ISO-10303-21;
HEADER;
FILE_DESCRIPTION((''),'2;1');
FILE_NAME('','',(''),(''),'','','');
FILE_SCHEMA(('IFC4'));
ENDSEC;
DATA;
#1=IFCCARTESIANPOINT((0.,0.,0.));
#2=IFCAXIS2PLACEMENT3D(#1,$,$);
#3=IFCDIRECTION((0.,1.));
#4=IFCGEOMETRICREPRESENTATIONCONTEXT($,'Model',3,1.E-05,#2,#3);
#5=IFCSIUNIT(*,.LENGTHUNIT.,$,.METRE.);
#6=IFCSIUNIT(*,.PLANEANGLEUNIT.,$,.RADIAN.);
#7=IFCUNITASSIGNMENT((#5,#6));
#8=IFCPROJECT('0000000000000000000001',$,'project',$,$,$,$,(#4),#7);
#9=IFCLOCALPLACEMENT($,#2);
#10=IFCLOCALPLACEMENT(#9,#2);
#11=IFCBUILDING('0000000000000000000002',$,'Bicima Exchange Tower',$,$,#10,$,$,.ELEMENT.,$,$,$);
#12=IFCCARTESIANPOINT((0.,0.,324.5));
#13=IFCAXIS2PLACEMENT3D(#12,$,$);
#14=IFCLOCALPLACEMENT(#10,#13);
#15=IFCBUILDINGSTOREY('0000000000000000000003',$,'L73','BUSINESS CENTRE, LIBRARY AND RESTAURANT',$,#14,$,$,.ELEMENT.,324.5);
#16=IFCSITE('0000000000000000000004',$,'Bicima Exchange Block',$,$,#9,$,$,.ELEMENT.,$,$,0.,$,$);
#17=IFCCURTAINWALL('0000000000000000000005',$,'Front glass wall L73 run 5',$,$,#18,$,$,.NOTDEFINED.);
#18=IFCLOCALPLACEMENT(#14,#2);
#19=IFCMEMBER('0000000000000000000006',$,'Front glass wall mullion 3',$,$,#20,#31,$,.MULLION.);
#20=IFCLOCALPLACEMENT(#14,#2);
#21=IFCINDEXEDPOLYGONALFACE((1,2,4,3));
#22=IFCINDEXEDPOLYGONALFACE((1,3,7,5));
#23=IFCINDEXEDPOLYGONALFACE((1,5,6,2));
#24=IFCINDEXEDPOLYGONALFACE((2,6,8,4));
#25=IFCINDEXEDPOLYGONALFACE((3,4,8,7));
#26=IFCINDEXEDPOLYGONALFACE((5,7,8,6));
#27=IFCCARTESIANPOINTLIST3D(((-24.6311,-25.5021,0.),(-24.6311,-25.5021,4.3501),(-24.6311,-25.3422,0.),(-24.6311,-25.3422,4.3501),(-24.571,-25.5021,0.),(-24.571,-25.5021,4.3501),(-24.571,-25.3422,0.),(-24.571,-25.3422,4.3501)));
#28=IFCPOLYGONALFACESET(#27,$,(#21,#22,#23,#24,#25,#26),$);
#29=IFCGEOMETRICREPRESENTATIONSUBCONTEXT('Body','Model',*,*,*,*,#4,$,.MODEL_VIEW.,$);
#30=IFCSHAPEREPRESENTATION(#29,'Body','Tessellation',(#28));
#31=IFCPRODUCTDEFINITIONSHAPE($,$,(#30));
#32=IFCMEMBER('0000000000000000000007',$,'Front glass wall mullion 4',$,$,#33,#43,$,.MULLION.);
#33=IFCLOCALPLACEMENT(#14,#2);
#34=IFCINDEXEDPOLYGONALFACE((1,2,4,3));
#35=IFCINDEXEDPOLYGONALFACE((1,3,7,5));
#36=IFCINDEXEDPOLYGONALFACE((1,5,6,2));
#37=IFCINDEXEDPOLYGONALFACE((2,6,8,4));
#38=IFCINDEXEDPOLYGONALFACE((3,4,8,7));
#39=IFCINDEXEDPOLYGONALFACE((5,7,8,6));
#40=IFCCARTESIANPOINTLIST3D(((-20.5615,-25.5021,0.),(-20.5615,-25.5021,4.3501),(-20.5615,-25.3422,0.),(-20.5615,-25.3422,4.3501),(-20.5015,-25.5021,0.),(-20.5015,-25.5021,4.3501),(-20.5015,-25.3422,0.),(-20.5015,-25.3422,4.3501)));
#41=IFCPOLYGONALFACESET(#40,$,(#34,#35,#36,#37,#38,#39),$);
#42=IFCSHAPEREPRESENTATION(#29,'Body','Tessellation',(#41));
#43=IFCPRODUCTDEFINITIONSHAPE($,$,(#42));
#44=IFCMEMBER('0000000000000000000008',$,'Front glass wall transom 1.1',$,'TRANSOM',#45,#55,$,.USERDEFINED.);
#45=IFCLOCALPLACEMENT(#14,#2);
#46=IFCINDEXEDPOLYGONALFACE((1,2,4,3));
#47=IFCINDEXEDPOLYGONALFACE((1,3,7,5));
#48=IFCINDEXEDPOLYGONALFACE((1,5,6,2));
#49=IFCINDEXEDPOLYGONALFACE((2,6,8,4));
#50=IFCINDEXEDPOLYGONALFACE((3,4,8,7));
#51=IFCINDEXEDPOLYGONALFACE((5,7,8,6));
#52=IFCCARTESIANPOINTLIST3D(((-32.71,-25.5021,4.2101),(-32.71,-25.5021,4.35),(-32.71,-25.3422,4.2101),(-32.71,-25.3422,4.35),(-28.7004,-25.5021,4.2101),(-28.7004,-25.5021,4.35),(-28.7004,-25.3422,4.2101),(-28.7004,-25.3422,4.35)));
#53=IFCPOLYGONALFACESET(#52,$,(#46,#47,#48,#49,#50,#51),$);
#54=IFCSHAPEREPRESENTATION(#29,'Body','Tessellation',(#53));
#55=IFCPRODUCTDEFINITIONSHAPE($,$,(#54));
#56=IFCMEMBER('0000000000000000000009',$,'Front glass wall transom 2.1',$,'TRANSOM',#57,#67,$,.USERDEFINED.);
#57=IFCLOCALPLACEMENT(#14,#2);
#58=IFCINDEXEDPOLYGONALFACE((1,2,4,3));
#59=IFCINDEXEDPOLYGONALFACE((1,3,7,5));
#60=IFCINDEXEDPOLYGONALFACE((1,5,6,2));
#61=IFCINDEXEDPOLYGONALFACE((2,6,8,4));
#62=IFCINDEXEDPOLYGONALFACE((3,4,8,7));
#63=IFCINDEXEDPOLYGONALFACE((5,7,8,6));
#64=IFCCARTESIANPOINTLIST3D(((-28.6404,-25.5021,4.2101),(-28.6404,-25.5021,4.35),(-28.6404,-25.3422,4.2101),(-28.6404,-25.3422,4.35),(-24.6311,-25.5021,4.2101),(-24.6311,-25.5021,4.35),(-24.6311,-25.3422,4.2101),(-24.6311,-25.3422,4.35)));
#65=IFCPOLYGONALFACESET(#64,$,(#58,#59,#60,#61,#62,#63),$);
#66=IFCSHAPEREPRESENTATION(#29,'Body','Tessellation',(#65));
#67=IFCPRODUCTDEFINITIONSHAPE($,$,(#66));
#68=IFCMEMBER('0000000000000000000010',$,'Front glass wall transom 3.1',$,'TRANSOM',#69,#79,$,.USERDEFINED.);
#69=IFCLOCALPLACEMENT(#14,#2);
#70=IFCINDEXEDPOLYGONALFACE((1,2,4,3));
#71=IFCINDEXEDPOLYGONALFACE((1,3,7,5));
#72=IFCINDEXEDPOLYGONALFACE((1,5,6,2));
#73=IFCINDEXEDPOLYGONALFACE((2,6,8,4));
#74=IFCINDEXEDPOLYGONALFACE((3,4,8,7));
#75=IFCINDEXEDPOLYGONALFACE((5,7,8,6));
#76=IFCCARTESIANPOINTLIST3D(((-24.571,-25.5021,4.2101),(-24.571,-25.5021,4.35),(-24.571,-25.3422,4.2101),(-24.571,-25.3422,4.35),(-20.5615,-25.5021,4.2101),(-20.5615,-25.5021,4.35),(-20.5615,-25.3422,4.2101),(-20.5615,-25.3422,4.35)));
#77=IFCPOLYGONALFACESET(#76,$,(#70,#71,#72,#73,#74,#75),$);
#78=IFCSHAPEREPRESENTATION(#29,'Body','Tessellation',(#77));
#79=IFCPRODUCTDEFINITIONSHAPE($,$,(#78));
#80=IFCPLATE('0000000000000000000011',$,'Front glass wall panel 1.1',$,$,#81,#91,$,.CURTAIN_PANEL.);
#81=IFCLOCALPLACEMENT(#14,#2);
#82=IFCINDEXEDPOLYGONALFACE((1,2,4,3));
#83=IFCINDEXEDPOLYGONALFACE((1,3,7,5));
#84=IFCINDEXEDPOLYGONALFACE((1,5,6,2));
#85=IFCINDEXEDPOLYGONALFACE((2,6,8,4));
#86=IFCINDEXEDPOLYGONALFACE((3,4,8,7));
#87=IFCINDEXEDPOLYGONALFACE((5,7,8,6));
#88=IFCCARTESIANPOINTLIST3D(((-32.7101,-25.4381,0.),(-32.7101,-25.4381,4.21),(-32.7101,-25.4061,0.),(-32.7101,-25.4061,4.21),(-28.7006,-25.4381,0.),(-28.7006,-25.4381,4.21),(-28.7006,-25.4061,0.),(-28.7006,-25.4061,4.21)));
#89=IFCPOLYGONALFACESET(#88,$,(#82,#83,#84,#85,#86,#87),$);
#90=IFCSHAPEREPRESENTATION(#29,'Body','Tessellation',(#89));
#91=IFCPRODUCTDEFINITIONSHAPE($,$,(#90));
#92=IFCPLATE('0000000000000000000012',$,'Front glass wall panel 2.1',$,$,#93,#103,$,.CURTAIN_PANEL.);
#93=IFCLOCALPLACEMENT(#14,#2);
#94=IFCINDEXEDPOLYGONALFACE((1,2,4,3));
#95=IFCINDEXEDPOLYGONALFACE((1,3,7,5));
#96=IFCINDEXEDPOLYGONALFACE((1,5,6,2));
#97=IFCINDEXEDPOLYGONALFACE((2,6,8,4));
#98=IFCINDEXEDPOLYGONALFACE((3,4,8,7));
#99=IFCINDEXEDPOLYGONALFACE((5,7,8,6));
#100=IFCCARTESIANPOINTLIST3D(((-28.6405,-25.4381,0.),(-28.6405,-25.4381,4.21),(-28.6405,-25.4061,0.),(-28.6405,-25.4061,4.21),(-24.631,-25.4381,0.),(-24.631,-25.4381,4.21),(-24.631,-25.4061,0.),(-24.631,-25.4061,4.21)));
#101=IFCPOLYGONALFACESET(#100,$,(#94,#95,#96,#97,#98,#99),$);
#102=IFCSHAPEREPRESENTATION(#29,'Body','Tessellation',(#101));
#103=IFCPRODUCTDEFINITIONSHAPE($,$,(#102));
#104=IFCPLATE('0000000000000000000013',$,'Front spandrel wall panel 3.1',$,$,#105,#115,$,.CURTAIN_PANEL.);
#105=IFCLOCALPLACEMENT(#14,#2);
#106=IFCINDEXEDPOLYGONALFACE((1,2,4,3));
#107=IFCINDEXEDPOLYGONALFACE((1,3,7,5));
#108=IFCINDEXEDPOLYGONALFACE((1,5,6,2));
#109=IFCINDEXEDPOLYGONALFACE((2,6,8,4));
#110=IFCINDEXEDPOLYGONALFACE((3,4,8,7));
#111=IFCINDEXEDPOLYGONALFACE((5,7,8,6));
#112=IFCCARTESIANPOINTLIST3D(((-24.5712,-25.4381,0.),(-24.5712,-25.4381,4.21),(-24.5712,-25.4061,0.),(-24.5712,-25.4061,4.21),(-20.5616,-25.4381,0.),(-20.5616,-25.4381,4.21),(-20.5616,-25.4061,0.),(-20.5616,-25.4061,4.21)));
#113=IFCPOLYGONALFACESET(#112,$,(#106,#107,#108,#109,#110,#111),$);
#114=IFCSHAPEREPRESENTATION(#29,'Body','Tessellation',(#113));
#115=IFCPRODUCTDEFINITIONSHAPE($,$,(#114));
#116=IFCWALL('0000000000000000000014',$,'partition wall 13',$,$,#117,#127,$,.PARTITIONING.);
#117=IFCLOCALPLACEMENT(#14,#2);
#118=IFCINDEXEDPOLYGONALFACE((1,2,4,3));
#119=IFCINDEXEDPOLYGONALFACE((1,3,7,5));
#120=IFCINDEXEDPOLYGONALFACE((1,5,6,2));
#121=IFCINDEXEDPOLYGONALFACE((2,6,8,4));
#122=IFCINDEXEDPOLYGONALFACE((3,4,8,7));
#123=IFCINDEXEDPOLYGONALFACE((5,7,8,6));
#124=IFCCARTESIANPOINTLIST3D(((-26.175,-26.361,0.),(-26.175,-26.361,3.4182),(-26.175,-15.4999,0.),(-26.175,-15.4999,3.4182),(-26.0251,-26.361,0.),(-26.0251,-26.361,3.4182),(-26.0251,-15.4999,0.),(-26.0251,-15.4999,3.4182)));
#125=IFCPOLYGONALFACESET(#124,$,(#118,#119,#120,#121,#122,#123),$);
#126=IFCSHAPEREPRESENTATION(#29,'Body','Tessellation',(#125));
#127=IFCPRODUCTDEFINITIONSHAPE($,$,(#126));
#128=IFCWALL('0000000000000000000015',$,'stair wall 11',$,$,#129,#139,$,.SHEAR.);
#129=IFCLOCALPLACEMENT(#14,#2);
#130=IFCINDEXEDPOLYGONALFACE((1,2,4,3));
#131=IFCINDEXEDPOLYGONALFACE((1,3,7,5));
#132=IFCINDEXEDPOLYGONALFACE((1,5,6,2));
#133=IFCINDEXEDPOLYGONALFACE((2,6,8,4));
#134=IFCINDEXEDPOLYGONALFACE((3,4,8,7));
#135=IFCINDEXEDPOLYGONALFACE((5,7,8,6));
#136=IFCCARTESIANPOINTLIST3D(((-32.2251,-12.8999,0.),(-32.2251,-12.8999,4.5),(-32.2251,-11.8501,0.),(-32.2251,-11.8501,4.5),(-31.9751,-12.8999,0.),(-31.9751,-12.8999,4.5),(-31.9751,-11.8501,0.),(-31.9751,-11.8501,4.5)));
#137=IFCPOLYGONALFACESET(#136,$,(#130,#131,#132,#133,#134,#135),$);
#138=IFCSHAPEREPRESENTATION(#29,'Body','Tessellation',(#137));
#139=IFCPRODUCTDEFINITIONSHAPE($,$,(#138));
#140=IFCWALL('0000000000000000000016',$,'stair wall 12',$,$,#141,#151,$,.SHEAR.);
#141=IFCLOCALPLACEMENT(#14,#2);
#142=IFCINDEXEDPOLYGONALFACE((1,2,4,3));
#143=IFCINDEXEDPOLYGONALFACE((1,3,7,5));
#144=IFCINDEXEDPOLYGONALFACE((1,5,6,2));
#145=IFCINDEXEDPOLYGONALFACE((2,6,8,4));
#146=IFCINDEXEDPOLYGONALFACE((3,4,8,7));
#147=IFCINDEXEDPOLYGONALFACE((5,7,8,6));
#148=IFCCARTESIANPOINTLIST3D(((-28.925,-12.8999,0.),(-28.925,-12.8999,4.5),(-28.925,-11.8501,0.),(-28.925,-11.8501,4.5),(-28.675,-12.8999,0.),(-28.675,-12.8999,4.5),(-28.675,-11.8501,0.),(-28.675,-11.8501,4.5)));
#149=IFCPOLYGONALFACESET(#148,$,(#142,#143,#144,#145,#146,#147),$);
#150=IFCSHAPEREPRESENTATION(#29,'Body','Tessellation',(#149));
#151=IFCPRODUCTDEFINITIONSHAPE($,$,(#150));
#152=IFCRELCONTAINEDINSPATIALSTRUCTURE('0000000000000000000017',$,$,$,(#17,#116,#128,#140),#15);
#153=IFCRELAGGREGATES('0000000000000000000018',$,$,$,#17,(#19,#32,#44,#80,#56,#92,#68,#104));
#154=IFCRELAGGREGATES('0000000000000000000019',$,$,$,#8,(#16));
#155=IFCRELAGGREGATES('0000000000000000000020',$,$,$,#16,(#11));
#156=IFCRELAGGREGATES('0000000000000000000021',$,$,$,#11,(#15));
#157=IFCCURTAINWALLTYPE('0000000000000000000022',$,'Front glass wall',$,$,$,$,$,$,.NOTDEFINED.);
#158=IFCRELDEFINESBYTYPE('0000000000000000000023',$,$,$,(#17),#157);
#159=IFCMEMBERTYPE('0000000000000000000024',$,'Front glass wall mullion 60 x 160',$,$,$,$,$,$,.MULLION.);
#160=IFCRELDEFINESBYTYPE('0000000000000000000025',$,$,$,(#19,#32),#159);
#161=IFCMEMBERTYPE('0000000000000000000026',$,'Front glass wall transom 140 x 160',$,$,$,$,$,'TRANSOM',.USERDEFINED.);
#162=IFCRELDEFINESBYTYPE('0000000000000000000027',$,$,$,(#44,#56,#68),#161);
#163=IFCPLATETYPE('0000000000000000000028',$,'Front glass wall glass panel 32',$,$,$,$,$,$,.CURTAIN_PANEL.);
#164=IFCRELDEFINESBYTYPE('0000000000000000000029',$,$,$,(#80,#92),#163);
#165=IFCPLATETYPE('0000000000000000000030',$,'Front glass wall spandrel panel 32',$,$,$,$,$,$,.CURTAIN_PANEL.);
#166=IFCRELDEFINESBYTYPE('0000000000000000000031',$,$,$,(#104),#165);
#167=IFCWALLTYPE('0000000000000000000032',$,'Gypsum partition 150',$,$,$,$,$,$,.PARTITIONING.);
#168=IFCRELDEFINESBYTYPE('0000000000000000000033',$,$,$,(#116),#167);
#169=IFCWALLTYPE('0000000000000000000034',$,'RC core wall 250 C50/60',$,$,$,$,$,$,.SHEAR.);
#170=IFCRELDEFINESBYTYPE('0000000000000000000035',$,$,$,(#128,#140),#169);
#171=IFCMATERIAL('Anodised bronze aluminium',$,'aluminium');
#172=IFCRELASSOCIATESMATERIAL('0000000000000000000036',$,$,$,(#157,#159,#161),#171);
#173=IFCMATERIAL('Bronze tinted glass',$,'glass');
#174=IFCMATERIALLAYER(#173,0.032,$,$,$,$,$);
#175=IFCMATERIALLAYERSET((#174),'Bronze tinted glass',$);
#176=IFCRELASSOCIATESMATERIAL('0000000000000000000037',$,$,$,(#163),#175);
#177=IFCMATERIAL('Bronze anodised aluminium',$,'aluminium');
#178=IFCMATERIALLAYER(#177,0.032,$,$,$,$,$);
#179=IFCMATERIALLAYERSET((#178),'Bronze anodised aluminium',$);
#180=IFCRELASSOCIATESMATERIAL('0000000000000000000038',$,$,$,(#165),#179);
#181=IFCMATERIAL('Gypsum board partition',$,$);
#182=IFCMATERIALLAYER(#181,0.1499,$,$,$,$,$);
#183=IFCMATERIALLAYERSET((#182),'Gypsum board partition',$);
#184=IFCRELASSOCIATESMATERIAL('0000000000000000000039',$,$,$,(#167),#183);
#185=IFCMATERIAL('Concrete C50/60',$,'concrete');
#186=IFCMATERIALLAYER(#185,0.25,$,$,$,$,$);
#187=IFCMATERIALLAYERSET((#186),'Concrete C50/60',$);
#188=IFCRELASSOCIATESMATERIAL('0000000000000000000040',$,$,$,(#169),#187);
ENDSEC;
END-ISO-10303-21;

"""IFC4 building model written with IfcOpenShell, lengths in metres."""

from ifc_helpers import new_model, si_unit, direction, frame, frame_2d, origin, origin_2d, place, context, subcontext, project, spatial, rectangle, extrude, material, layer, layer_set, material_profile, profile_set, type_object, element, aggregate, save


model = new_model("IFC4")

# Units and contexts
model_context = context("Model", 3, precision=1e-05, world=origin(), true_north=direction((0.0, 1.0)))
body_context = subcontext(model_context, "Body", "Model", "MODEL_VIEW")
ifc_project = project(units=[si_unit("LENGTHUNIT", "METRE"), si_unit("PLANEANGLEUNIT", "RADIAN")], contexts=[model_context])

# Site, building, storey
site_placement = place(None, origin())
site = spatial("IfcSite", under=ifc_project, at=site_placement, Name="Bicima Exchange Block", CompositionType="ELEMENT", RefElevation=0.0)
building_placement = place(site_placement, origin())
building = spatial("IfcBuilding", under=site, at=building_placement, Name="Bicima Exchange Tower", CompositionType="ELEMENT")
storey_placement = place(building_placement, frame((0.0, 0.0, 324.5)))
storey = spatial("IfcBuildingStorey", under=building, at=storey_placement, Name="L73", Description="BUSINESS CENTRE, LIBRARY AND RESTAURANT", CompositionType="ELEMENT", Elevation=324.5)

# Curtain wall, members, plates
ifc_material_1 = material(Name="Anodised bronze aluminium", Category="aluminium")
curtain_wall_type = type_object("IfcCurtainWallType", Name="Front glass wall", PredefinedType="NOTDEFINED", material=ifc_material_1)
curtain_wall_placement = place(storey_placement, origin())
curtain_wall = element("IfcCurtainWall", 1, at=curtain_wall_placement, inside=storey, type_object=curtain_wall_type, Name="Front glass wall L73 run 5", PredefinedType="NOTDEFINED")
ifc_material_profile_1 = material_profile(ifc_material_1, rectangle(XDim=0.1599, YDim=0.0601, at=origin_2d()))
ifc_profile_set_1 = profile_set([ifc_material_profile_1], Name="Anodised bronze aluminium")
member_type_1 = type_object("IfcMemberType", Name="Front glass wall mullion 60 x 160", PredefinedType="MULLION", material=ifc_profile_set_1)
member_1_placement = place(storey_placement, frame((-24.6011, -25.4221, 0.0), z_axis=(0.0, 0.0, 1.0), x_axis=(0.0, 1.0, 0.0)))
member_1 = element("IfcMember", 2, at=member_1_placement, type_object=member_type_1, Name="Front glass wall mullion 3", PredefinedType="MULLION", context=body_context, shape_type="SweptSolid", body=[
    extrude(rectangle(XDim=0.1599, YDim=0.0601, at=origin_2d()), origin(), (0.0, 0.0, 1.0), 4.3501),
])
member_2_placement = place(storey_placement, frame((-20.5315, -25.4221, 0.0), z_axis=(0.0, 0.0, 1.0), x_axis=(0.0, 1.0, 0.0)))
member_2 = element("IfcMember", 3, at=member_2_placement, type_object=member_type_1, Name="Front glass wall mullion 4", PredefinedType="MULLION", context=body_context, shape_type="SweptSolid", body=[
    extrude(rectangle(XDim=0.1599, YDim=0.0601, at=origin_2d()), origin(), (0.0, 0.0, 1.0), 4.3501),
])
ifc_material_profile_2 = material_profile(ifc_material_1, rectangle(XDim=0.1599, YDim=0.1399, at=origin_2d()))
ifc_profile_set_2 = profile_set([ifc_material_profile_2], Name="Anodised bronze aluminium")
member_type_2 = type_object("IfcMemberType", Name="Front glass wall transom 140 x 160", ElementType="TRANSOM", PredefinedType="USERDEFINED", material=ifc_profile_set_2)
member_3_placement = place(storey_placement, frame((-32.71, -25.4221, 4.28), z_axis=(1.0, 0.0, 0.0), x_axis=(0.0, 1.0, 0.0)))
member_3 = element("IfcMember", 4, at=member_3_placement, type_object=member_type_2, Name="Front glass wall transom 1.1", ObjectType="TRANSOM", PredefinedType="USERDEFINED", context=body_context, shape_type="SweptSolid", body=[
    extrude(rectangle(XDim=0.1599, YDim=0.1399, at=origin_2d()), origin(), (0.0, 0.0, 1.0), 4.0095),
])
member_4_placement = place(storey_placement, frame((-28.6404, -25.4221, 4.28), z_axis=(1.0, 0.0, 0.0), x_axis=(0.0, 1.0, 0.0)))
member_4 = element("IfcMember", 5, at=member_4_placement, type_object=member_type_2, Name="Front glass wall transom 2.1", ObjectType="TRANSOM", PredefinedType="USERDEFINED", context=body_context, shape_type="SweptSolid", body=[
    extrude(rectangle(XDim=0.1599, YDim=0.1399, at=origin_2d()), origin(), (0.0, 0.0, 1.0), 4.0093),
])
member_5_placement = place(storey_placement, frame((-24.571, -25.4221, 4.28), z_axis=(1.0, 0.0, 0.0), x_axis=(0.0, 1.0, 0.0)))
member_5 = element("IfcMember", 6, at=member_5_placement, type_object=member_type_2, Name="Front glass wall transom 3.1", ObjectType="TRANSOM", PredefinedType="USERDEFINED", context=body_context, shape_type="SweptSolid", body=[
    extrude(rectangle(XDim=0.1599, YDim=0.1399, at=origin_2d()), origin(), (0.0, 0.0, 1.0), 4.0095),
])
ifc_material_2 = material(Name="Bronze tinted glass", Category="glass")
ifc_layer_1 = layer(ifc_material_2, 0.032)
ifc_layer_set_1 = layer_set([ifc_layer_1], Name="Bronze tinted glass")
plate_type_1 = type_object("IfcPlateType", Name="Front glass wall glass panel 32", PredefinedType="CURTAIN_PANEL", material=ifc_layer_set_1)
plate_1_placement = place(storey_placement, frame((-30.7053, -25.4221, 0.0), z_axis=(0.0, 0.0, 1.0), x_axis=(1.0, 0.0, 0.0)))
plate_1 = element("IfcPlate", 7, at=plate_1_placement, type_object=plate_type_1, Name="Front glass wall panel 1.1", PredefinedType="CURTAIN_PANEL", context=body_context, shape_type="SweptSolid", body=[
    extrude(rectangle(XDim=4.0095, YDim=0.032, at=origin_2d()), origin(), (0.0, 0.0, 1.0), 4.21),
])
plate_2_placement = place(storey_placement, frame((-26.6357, -25.4221, 0.0), z_axis=(0.0, 0.0, 1.0), x_axis=(1.0, 0.0, 0.0)))
plate_2 = element("IfcPlate", 8, at=plate_2_placement, type_object=plate_type_1, Name="Front glass wall panel 2.1", PredefinedType="CURTAIN_PANEL", context=body_context, shape_type="SweptSolid", body=[
    extrude(rectangle(XDim=4.0095, YDim=0.032, at=origin_2d()), origin(), (0.0, 0.0, 1.0), 4.21),
])
ifc_material_3 = material(Name="Bronze anodised aluminium", Category="aluminium")
ifc_layer_2 = layer(ifc_material_3, 0.032)
ifc_layer_set_2 = layer_set([ifc_layer_2], Name="Bronze anodised aluminium")
plate_type_2 = type_object("IfcPlateType", Name="Front glass wall spandrel panel 32", PredefinedType="CURTAIN_PANEL", material=ifc_layer_set_2)
plate_3_placement = place(storey_placement, frame((-22.5664, -25.4221, 0.0), z_axis=(0.0, 0.0, 1.0), x_axis=(1.0, 0.0, 0.0)))
plate_3 = element("IfcPlate", 9, at=plate_3_placement, type_object=plate_type_2, Name="Front spandrel wall panel 3.1", PredefinedType="CURTAIN_PANEL", context=body_context, shape_type="SweptSolid", body=[
    extrude(rectangle(XDim=4.0095, YDim=0.032, at=origin_2d()), origin(), (0.0, 0.0, 1.0), 4.21),
])
aggregate(curtain_wall, [member_1, member_2, member_3, plate_1, member_4, plate_2, member_5, plate_3])

# Walls
ifc_material_4 = material(Name="Gypsum board partition")
ifc_layer_3 = layer(ifc_material_4, 0.1499)
ifc_layer_set_3 = layer_set([ifc_layer_3], Name="Gypsum board partition")
wall_type_1 = type_object("IfcWallType", Name="Gypsum partition 150", PredefinedType="PARTITIONING", material=ifc_layer_set_3)
wall_placement = place(storey_placement, frame((-26.1001, -26.3611, 0.0), z_axis=(0.0, 0.0, 1.0), x_axis=(0.0, 1.0, 0.0)))
element("IfcWall", 10, at=wall_placement, inside=storey, type_object=wall_type_1, Name="partition wall 13", PredefinedType="PARTITIONING", context=body_context, shape_type="SweptSolid", body=[
    extrude(rectangle(XDim=10.8611, YDim=0.1499, at=frame_2d((5.4307, 0.0))), origin(), (0.0, 0.0, 1.0), 3.4182),
])
ifc_material_5 = material(Name="Concrete C50/60", Category="concrete")
ifc_layer_4 = layer(ifc_material_5, 0.25)
ifc_layer_set_4 = layer_set([ifc_layer_4], Name="Concrete C50/60")
wall_type_2 = type_object("IfcWallType", Name="RC core wall 250 C50/60", PredefinedType="SHEAR", material=ifc_layer_set_4)
for number, where, z_axis, x_axis, name in (
    (11, (-32.1001, -12.8999, 0.0), (0.0, 0.0, 1.0), (0.0, 1.0, 0.0), "stair wall 11"),
    (12, (-28.8, -12.8999, 0.0), (0.0, 0.0, 1.0), (0.0, 1.0, 0.0), "stair wall 12"),
):
    element("IfcWall", number, at=place(storey_placement, frame(where, z_axis=z_axis, x_axis=x_axis)), inside=storey, type_object=wall_type_2, Name=name, PredefinedType="SHEAR", context=body_context, shape_type="SweptSolid", body=[
        extrude(rectangle(XDim=1.0498, YDim=0.25, at=frame_2d((0.5249, 0.0))), origin(), (0.0, 0.0, 1.0), 4.5),
    ])

save(model, "model.ifc")
